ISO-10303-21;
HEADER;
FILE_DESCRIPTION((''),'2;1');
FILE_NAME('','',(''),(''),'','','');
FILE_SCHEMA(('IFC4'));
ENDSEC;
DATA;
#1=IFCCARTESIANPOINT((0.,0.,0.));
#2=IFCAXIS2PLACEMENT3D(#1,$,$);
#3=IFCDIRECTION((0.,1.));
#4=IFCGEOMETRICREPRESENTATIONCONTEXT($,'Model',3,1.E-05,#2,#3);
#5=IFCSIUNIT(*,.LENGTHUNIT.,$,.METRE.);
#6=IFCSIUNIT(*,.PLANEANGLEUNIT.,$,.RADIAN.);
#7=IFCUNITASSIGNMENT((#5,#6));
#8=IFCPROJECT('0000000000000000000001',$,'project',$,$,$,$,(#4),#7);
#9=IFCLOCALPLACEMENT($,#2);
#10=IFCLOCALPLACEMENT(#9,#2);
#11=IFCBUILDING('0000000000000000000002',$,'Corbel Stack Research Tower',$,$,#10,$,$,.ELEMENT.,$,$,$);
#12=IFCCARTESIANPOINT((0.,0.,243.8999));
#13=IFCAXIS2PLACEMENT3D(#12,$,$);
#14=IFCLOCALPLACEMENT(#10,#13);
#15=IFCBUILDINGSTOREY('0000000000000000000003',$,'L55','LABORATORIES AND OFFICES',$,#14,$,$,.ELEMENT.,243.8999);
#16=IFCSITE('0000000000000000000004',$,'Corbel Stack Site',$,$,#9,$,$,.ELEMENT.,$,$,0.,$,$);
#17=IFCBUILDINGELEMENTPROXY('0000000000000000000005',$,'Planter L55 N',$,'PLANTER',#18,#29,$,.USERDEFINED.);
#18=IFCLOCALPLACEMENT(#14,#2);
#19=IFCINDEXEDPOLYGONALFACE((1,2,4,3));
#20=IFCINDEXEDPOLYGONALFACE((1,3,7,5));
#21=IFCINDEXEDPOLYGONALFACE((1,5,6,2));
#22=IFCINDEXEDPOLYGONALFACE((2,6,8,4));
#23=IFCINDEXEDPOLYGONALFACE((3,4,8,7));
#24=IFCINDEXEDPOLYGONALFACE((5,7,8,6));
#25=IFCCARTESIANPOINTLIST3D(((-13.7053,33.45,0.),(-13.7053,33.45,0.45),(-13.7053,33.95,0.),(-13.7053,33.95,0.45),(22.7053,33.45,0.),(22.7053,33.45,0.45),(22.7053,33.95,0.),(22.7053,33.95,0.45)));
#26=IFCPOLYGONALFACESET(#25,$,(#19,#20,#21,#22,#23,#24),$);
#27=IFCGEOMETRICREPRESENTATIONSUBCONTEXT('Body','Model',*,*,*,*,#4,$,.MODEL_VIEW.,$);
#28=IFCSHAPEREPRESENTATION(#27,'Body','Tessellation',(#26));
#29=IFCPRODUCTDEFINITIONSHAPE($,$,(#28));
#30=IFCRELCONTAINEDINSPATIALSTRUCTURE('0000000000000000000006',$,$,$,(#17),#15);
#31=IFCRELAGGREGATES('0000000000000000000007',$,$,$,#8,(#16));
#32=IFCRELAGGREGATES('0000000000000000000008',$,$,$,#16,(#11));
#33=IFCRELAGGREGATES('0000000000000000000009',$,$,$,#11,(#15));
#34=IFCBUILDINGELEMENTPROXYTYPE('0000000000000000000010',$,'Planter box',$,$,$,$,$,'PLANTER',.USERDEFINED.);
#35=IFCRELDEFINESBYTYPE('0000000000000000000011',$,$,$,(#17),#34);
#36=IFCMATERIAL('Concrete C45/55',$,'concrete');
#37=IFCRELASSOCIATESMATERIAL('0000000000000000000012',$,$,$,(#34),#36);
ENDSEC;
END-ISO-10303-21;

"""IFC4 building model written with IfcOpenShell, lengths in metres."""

from ifc_helpers import new_model, si_unit, direction, frame, origin, origin_2d, place, context, subcontext, project, spatial, rectangle, extrude, material, type_object, element, save


model = new_model("IFC4")

# Units and contexts
model_context = context("Model", 3, precision=1e-05, world=origin(), true_north=direction((0.0, 1.0)))
body_context = subcontext(model_context, "Body", "Model", "MODEL_VIEW")
ifc_project = project(units=[si_unit("LENGTHUNIT", "METRE"), si_unit("PLANEANGLEUNIT", "RADIAN")], contexts=[model_context])

# Site, building, storey
site_placement = place(None, origin())
site = spatial("IfcSite", under=ifc_project, at=site_placement, Name="Corbel Stack Site", CompositionType="ELEMENT", RefElevation=0.0)
building_placement = place(site_placement, origin())
building = spatial("IfcBuilding", under=site, at=building_placement, Name="Corbel Stack Research Tower", CompositionType="ELEMENT")
storey_placement = place(building_placement, frame((0.0, 0.0, 243.8999)))
storey = spatial("IfcBuildingStorey", under=building, at=storey_placement, Name="L55", Description="LABORATORIES AND OFFICES", CompositionType="ELEMENT", Elevation=243.8999)

# Building element proxy
ifc_material_1 = material(Name="Concrete C45/55", Category="concrete")
building_element_proxy_type = type_object("IfcBuildingElementProxyType", Name="Planter box", ElementType="PLANTER", PredefinedType="USERDEFINED", material=ifc_material_1)
proxy_placement = place(storey_placement, frame((4.5, 33.7, 0.0), z_axis=(0.0, 0.0, 1.0), x_axis=(-1.0, 0.0, 0.0)))
element("IfcBuildingElementProxy", 1, at=proxy_placement, inside=storey, type_object=building_element_proxy_type, Name="Planter L55 N", ObjectType="PLANTER", PredefinedType="USERDEFINED", context=body_context, shape_type="SweptSolid", body=[
    extrude(rectangle(XDim=36.4106, YDim=0.5, at=origin_2d()), origin(), (0.0, 0.0, 1.0), 0.45),
])

save(model, "model.ifc")
